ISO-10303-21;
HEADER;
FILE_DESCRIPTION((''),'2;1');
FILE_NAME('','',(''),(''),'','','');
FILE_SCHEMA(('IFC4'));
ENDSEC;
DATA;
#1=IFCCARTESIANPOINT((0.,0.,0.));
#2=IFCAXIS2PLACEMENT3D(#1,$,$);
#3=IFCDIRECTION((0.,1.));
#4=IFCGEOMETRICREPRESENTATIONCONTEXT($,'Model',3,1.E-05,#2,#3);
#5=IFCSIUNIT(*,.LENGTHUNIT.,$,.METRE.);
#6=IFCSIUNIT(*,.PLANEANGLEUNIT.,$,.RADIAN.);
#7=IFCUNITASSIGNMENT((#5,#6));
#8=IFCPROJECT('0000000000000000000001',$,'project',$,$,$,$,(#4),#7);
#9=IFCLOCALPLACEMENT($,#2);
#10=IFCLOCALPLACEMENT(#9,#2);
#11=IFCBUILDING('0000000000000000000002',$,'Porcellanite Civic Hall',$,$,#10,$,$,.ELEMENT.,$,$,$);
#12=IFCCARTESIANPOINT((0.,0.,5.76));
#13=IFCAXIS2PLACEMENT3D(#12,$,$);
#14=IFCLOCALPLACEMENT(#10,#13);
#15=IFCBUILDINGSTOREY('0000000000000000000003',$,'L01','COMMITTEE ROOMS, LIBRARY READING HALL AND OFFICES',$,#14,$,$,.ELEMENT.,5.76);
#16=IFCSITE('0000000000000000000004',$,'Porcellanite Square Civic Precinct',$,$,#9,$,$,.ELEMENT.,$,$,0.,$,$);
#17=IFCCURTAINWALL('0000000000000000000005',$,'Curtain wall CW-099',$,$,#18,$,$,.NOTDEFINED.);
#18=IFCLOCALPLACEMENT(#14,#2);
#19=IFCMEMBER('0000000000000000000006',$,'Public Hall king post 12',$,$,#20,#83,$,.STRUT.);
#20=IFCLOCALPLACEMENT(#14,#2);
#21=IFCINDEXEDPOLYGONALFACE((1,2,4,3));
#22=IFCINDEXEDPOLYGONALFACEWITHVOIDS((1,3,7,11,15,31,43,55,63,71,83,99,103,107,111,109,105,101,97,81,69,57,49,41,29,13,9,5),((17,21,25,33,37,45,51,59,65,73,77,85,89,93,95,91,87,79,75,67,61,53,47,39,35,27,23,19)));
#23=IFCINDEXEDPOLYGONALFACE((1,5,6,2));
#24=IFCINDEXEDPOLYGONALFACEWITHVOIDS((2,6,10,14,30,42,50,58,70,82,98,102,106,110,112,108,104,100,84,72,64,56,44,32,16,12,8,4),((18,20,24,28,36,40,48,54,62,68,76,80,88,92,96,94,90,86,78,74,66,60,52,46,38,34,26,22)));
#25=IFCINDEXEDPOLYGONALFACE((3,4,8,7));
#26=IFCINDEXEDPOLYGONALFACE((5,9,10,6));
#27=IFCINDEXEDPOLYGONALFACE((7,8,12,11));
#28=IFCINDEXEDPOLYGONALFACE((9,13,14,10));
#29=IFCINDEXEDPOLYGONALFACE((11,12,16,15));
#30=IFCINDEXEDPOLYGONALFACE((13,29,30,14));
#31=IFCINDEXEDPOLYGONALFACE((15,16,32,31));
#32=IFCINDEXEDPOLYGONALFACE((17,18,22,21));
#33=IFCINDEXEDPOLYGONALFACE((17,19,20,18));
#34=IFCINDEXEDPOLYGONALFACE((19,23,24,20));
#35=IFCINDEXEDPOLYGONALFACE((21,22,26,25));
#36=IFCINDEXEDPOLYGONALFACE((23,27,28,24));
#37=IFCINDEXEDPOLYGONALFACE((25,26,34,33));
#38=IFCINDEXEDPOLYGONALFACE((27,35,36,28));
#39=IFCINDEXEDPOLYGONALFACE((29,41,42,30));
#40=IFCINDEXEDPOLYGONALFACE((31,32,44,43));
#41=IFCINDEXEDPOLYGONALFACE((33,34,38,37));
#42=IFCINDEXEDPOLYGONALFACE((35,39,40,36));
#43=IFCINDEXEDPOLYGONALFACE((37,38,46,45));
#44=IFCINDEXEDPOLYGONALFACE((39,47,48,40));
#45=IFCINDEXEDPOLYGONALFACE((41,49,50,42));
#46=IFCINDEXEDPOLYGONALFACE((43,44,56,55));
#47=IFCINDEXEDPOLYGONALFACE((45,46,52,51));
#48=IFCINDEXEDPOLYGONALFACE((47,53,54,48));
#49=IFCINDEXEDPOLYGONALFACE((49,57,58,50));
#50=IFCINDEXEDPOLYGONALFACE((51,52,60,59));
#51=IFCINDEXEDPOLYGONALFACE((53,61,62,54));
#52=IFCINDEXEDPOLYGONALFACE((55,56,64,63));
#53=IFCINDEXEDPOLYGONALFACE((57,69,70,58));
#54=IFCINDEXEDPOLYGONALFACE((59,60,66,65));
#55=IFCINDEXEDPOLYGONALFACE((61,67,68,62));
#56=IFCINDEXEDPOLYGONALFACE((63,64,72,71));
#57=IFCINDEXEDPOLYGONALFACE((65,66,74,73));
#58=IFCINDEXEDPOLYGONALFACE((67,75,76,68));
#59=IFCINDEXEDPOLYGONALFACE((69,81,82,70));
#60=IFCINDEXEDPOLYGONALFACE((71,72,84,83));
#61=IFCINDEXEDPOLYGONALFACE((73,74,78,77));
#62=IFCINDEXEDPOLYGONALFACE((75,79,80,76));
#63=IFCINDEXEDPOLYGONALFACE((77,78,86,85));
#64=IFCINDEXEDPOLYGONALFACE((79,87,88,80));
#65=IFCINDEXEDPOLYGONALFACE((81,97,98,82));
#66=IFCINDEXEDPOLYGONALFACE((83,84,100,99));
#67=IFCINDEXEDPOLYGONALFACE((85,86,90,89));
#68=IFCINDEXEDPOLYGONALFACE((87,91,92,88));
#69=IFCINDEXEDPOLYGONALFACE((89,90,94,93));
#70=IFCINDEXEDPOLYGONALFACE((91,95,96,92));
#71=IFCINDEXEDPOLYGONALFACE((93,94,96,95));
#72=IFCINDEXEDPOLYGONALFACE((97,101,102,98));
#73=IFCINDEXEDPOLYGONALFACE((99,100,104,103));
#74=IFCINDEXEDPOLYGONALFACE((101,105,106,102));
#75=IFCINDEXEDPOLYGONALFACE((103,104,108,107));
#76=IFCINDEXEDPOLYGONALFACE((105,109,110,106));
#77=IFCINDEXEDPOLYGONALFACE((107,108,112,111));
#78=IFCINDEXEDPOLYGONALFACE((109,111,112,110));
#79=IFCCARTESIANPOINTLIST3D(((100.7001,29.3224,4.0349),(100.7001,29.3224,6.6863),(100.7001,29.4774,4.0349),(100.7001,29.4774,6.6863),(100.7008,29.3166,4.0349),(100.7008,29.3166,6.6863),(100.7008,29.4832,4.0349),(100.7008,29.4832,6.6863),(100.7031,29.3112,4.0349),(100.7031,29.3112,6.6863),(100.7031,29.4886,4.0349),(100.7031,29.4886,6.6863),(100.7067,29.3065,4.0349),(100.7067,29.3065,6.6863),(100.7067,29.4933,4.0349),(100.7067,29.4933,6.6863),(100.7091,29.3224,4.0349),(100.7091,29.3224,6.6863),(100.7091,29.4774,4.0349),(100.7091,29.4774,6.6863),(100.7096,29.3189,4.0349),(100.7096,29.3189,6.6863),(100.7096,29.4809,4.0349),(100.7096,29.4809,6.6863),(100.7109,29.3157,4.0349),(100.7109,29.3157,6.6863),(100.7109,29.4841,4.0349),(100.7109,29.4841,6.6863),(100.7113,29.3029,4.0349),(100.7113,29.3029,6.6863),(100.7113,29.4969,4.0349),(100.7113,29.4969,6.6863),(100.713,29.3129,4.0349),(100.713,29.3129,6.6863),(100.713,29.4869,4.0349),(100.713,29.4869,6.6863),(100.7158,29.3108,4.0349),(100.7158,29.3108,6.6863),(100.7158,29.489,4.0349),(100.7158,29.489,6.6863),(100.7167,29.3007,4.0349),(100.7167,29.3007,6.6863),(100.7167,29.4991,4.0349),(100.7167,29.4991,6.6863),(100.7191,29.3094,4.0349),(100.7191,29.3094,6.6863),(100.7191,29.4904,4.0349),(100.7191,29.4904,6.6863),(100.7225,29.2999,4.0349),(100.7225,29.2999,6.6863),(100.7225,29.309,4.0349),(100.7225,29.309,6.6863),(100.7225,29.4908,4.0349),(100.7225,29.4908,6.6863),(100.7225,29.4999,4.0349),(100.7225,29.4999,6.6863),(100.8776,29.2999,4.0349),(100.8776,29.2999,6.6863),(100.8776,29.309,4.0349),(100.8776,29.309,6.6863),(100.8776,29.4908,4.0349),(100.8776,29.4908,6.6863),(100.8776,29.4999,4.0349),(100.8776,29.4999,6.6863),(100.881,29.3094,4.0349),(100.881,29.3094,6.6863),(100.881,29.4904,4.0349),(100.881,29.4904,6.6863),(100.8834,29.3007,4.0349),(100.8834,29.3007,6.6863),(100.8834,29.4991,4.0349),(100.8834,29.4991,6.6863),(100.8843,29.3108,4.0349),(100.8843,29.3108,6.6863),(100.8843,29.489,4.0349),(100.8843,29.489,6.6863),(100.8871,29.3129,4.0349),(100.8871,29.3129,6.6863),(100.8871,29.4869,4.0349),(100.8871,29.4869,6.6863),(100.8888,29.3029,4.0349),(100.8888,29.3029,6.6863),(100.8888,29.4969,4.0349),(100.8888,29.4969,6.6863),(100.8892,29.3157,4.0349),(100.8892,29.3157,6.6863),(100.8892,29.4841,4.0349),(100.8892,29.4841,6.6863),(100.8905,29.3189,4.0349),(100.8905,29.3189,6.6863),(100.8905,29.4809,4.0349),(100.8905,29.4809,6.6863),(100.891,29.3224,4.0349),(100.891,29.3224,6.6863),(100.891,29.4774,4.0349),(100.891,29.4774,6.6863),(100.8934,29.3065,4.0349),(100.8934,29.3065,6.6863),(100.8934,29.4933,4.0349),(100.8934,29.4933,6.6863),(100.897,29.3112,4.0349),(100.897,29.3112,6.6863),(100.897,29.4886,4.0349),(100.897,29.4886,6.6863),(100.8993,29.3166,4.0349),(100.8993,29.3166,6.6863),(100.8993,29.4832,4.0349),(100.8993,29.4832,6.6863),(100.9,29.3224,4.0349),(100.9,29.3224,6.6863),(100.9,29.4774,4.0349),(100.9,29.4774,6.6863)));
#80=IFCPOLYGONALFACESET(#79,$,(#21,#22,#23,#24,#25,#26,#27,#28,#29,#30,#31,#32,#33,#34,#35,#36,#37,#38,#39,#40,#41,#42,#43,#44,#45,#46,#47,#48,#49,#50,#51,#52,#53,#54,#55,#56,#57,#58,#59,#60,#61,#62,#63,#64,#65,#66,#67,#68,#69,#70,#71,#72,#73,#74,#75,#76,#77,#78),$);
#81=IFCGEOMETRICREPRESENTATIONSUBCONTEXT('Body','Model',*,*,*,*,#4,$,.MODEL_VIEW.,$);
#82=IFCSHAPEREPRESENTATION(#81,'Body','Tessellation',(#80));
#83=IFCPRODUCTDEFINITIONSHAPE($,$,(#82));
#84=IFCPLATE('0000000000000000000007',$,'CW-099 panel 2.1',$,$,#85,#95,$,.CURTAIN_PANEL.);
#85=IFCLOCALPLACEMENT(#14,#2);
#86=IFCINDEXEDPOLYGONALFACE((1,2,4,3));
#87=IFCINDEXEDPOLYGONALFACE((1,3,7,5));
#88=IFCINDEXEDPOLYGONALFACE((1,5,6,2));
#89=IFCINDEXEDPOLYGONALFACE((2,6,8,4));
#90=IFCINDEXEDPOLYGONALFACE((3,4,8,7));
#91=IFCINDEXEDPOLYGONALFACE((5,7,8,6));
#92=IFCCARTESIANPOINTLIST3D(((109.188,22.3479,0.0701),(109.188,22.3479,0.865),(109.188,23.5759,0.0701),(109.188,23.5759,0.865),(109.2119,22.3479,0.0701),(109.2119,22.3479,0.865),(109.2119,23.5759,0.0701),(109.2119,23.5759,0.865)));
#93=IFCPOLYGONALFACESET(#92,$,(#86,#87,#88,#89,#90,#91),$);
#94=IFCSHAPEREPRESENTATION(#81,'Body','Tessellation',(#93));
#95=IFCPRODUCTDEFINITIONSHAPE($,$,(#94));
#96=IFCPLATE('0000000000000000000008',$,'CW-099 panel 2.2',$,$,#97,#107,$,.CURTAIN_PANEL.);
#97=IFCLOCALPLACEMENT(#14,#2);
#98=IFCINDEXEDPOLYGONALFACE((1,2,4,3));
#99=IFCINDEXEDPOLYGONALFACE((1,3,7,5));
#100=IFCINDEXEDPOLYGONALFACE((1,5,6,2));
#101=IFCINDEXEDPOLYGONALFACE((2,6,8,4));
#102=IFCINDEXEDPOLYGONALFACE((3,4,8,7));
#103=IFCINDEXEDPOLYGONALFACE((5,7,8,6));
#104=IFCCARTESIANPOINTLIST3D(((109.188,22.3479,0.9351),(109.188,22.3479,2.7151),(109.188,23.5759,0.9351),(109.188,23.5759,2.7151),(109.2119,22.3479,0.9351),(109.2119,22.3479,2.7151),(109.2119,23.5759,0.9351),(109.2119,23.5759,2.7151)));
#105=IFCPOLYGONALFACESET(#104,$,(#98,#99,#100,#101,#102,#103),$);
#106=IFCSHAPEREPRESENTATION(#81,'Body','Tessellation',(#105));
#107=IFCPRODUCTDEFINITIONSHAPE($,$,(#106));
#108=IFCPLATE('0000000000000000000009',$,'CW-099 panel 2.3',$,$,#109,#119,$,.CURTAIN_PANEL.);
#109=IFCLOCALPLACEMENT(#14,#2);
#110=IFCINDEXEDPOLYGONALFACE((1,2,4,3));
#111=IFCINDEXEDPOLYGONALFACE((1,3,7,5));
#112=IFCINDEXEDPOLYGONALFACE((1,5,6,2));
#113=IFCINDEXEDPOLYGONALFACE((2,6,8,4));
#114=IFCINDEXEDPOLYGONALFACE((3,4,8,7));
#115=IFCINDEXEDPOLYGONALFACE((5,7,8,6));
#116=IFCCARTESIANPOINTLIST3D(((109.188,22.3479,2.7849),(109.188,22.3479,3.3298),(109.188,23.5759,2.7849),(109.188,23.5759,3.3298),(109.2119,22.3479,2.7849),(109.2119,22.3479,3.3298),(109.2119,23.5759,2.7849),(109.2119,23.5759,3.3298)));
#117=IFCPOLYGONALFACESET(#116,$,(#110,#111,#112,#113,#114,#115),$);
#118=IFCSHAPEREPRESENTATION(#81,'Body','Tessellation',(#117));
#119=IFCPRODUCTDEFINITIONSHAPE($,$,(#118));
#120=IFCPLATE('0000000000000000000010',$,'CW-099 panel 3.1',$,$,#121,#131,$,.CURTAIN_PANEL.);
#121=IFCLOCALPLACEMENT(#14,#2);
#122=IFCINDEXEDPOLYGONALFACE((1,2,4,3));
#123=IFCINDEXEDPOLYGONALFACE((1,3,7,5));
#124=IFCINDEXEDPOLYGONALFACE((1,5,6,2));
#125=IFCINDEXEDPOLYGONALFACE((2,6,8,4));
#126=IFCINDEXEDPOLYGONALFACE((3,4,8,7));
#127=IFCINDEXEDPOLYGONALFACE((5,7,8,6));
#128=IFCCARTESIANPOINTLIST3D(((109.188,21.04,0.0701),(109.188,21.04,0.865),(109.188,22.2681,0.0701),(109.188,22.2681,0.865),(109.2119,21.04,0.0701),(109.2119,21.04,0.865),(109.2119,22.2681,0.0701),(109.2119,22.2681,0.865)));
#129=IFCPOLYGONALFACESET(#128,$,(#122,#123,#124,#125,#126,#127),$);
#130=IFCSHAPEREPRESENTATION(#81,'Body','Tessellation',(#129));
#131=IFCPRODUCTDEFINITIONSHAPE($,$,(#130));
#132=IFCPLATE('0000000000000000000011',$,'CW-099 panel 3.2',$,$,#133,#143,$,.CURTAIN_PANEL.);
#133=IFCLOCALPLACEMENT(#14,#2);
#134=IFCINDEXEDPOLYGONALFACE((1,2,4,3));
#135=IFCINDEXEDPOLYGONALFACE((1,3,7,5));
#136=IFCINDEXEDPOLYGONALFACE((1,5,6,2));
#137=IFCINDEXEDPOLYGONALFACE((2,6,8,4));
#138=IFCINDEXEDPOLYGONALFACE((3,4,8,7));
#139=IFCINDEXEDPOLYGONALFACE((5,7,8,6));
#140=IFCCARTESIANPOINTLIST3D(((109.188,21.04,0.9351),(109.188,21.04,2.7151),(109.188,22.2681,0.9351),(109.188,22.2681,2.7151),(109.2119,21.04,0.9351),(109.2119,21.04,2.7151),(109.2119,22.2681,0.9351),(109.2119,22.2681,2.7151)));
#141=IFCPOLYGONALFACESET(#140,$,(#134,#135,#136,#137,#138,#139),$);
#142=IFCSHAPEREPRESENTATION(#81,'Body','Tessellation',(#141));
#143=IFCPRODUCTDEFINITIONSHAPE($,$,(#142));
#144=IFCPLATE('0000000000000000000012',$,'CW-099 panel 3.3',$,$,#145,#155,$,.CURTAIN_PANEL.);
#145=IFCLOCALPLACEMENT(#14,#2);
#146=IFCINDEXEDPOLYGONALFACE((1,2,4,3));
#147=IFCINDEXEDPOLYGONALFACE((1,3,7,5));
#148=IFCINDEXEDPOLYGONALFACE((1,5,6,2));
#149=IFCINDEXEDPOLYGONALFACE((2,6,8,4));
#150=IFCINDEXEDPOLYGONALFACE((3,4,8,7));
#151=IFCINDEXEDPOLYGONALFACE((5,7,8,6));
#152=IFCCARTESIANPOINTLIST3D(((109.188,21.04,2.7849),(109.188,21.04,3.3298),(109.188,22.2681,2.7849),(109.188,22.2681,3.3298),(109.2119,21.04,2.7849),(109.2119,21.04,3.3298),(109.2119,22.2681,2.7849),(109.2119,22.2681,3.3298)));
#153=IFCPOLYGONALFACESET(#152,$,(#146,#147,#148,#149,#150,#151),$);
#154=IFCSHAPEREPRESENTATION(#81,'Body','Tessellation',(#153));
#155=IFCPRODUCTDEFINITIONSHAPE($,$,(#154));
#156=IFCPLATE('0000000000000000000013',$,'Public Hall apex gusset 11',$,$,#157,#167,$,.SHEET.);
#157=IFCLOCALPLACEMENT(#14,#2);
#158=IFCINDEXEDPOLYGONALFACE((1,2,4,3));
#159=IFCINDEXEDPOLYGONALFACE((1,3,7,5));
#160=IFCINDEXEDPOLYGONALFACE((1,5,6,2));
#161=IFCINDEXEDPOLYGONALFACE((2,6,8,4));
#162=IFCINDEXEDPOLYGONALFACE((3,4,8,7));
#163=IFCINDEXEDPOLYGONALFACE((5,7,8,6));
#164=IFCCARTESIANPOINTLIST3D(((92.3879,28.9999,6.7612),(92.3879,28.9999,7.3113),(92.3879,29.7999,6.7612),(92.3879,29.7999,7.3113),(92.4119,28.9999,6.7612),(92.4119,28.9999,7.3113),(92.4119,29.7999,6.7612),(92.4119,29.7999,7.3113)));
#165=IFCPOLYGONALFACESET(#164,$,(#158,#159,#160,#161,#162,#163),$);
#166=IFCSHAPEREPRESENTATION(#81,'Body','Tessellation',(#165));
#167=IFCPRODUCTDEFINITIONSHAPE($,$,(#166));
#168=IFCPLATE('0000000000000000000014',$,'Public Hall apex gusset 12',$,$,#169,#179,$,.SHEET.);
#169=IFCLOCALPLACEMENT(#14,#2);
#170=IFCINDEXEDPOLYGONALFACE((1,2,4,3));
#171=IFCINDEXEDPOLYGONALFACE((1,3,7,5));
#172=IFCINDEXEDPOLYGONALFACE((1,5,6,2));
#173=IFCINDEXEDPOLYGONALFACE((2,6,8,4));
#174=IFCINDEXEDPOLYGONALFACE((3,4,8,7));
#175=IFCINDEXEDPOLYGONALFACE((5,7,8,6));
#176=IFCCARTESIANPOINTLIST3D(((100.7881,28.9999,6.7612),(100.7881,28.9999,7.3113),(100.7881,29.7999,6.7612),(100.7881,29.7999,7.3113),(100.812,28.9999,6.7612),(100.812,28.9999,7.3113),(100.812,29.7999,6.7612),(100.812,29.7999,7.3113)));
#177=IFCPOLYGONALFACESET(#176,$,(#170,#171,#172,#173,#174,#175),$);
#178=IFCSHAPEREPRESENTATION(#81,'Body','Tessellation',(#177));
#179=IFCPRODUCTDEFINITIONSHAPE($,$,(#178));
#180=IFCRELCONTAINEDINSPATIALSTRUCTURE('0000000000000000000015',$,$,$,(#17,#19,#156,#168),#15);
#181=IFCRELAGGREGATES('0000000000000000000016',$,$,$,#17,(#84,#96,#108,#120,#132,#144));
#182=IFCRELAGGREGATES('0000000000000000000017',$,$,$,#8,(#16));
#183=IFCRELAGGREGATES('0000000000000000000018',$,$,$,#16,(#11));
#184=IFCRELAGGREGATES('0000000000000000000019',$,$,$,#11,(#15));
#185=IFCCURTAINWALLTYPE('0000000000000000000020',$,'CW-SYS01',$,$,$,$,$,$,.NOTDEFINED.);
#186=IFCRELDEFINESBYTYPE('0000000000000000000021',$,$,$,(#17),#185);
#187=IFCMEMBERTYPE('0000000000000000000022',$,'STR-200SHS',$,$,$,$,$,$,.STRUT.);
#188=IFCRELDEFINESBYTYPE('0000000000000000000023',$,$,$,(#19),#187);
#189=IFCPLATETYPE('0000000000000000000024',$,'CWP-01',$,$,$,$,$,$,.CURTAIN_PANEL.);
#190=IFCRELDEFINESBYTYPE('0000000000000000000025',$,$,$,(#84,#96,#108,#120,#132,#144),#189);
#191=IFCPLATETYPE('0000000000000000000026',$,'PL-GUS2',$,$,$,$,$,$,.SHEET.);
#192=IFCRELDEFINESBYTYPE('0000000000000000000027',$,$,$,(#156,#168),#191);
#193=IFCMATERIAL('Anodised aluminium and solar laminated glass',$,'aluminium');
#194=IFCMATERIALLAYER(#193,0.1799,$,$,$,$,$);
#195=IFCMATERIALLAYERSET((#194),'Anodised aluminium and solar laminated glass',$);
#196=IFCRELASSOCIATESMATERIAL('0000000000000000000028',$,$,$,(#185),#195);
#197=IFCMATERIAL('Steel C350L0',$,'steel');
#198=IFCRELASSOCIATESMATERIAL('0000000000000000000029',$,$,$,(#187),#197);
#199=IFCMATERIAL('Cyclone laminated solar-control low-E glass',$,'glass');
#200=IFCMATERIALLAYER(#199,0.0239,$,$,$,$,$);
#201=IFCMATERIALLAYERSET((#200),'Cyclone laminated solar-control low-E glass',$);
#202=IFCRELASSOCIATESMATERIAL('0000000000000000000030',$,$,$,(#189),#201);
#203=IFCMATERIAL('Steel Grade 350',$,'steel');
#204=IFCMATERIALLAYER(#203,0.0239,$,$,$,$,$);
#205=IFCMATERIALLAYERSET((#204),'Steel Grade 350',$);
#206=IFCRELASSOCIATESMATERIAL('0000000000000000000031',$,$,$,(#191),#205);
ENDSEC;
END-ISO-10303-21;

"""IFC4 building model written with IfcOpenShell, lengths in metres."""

from ifc_helpers import new_model, si_unit, direction, frame, origin, origin_2d, place, context, subcontext, project, spatial, rectangle, hollow_rectangle, extrude, material, layer, layer_set, material_profile, profile_set, type_object, element, aggregate, save


model = new_model("IFC4")

# Units and contexts
model_context = context("Model", 3, precision=1e-05, world=origin(), true_north=direction((0.0, 1.0)))
body_context = subcontext(model_context, "Body", "Model", "MODEL_VIEW")
ifc_project = project(units=[si_unit("LENGTHUNIT", "METRE"), si_unit("PLANEANGLEUNIT", "RADIAN")], contexts=[model_context])

# Site, building, storey
site_placement = place(None, origin())
site = spatial("IfcSite", under=ifc_project, at=site_placement, Name="Porcellanite Square Civic Precinct", CompositionType="ELEMENT", RefElevation=0.0)
building_placement = place(site_placement, origin())
building = spatial("IfcBuilding", under=site, at=building_placement, Name="Porcellanite Civic Hall", CompositionType="ELEMENT")
storey_placement = place(building_placement, frame((0.0, 0.0, 5.76)))
storey = spatial("IfcBuildingStorey", under=building, at=storey_placement, Name="L01", Description="COMMITTEE ROOMS, LIBRARY READING HALL AND OFFICES", CompositionType="ELEMENT", Elevation=5.76)

# Curtain wall
ifc_material_1 = material(Name="Anodised aluminium and solar laminated glass", Category="aluminium")
ifc_layer_1 = layer(ifc_material_1, 0.1799)
ifc_layer_set_1 = layer_set([ifc_layer_1], Name="Anodised aluminium and solar laminated glass")
curtain_wall_type = type_object("IfcCurtainWallType", Name="CW-SYS01", PredefinedType="NOTDEFINED", material=ifc_layer_set_1)
curtain_wall_placement = place(storey_placement, origin())
curtain_wall = element("IfcCurtainWall", 1, at=curtain_wall_placement, inside=storey, type_object=curtain_wall_type, Name="Curtain wall CW-099", PredefinedType="NOTDEFINED")

# Member
ifc_material_2 = material(Name="Steel C350L0", Category="steel")
ifc_material_profile_1 = material_profile(ifc_material_2, hollow_rectangle(XDim=0.2, YDim=0.2, WallThickness=0.009, InnerFilletRadius=0.0134, OuterFilletRadius=0.0225, at=origin_2d()), Name="200x200x9.0SHS")
ifc_profile_set_1 = profile_set([ifc_material_profile_1], Name="Steel C350L0")
member_type_1 = type_object("IfcMemberType", Name="STR-200SHS", PredefinedType="STRUT", material=ifc_profile_set_1)
member_1_placement = place(storey_placement, frame((100.8, 29.3999, 4.0349), z_axis=(0.0, 0.0, 1.0), x_axis=(1.0, 0.0, 0.0)))
element("IfcMember", 2, at=member_1_placement, inside=storey, type_object=member_type_1, Name="Public Hall king post 12", PredefinedType="STRUT", context=body_context, shape_type="SweptSolid", body=[
    extrude(hollow_rectangle(XDim=0.2, YDim=0.2, WallThickness=0.009, InnerFilletRadius=0.0134, OuterFilletRadius=0.0225, at=origin_2d()), origin(), (0.0, 0.0, 1.0), 2.6514),
])

# Plates
ifc_material_3 = material(Name="Cyclone laminated solar-control low-E glass", Category="glass")
ifc_layer_2 = layer(ifc_material_3, 0.0239)
ifc_layer_set_2 = layer_set([ifc_layer_2], Name="Cyclone laminated solar-control low-E glass")
plate_type_1 = type_object("IfcPlateType", Name="CWP-01", PredefinedType="CURTAIN_PANEL", material=ifc_layer_set_2)
plate_1_placement = place(storey_placement, frame((109.2, 22.9619, 0.0701), z_axis=(0.0, 0.0, 1.0), x_axis=(0.0, -1.0, 0.0)))
plate_1 = element("IfcPlate", 3, at=plate_1_placement, type_object=plate_type_1, Name="CW-099 panel 2.1", PredefinedType="CURTAIN_PANEL", context=body_context, shape_type="SweptSolid", body=[
    extrude(rectangle(XDim=1.228, YDim=0.0239, at=origin_2d()), origin(), (0.0, 0.0, 1.0), 0.7949),
])
plate_2_placement = place(storey_placement, frame((109.2, 22.9619, 0.9351), z_axis=(0.0, 0.0, 1.0), x_axis=(0.0, -1.0, 0.0)))
plate_2 = element("IfcPlate", 4, at=plate_2_placement, type_object=plate_type_1, Name="CW-099 panel 2.2", PredefinedType="CURTAIN_PANEL", context=body_context, shape_type="SweptSolid", body=[
    extrude(rectangle(XDim=1.228, YDim=0.0239, at=origin_2d()), origin(), (0.0, 0.0, 1.0), 1.78),
])
plate_3_placement = place(storey_placement, frame((109.2, 22.9619, 2.7849), z_axis=(0.0, 0.0, 1.0), x_axis=(0.0, -1.0, 0.0)))
plate_3 = element("IfcPlate", 5, at=plate_3_placement, type_object=plate_type_1, Name="CW-099 panel 2.3", PredefinedType="CURTAIN_PANEL", context=body_context, shape_type="SweptSolid", body=[
    extrude(rectangle(XDim=1.228, YDim=0.0239, at=origin_2d()), origin(), (0.0, 0.0, 1.0), 0.5449),
])
plate_4_placement = place(storey_placement, frame((109.2, 21.6541, 0.0701), z_axis=(0.0, 0.0, 1.0), x_axis=(0.0, -1.0, 0.0)))
plate_4 = element("IfcPlate", 6, at=plate_4_placement, type_object=plate_type_1, Name="CW-099 panel 3.1", PredefinedType="CURTAIN_PANEL", context=body_context, shape_type="SweptSolid", body=[
    extrude(rectangle(XDim=1.228, YDim=0.0239, at=origin_2d()), origin(), (0.0, 0.0, 1.0), 0.7949),
])
plate_5_placement = place(storey_placement, frame((109.2, 21.6541, 0.9351), z_axis=(0.0, 0.0, 1.0), x_axis=(0.0, -1.0, 0.0)))
plate_5 = element("IfcPlate", 7, at=plate_5_placement, type_object=plate_type_1, Name="CW-099 panel 3.2", PredefinedType="CURTAIN_PANEL", context=body_context, shape_type="SweptSolid", body=[
    extrude(rectangle(XDim=1.228, YDim=0.0239, at=origin_2d()), origin(), (0.0, 0.0, 1.0), 1.78),
])
plate_6_placement = place(storey_placement, frame((109.2, 21.6541, 2.7849), z_axis=(0.0, 0.0, 1.0), x_axis=(0.0, -1.0, 0.0)))
plate_6 = element("IfcPlate", 8, at=plate_6_placement, type_object=plate_type_1, Name="CW-099 panel 3.3", PredefinedType="CURTAIN_PANEL", context=body_context, shape_type="SweptSolid", body=[
    extrude(rectangle(XDim=1.228, YDim=0.0239, at=origin_2d()), origin(), (0.0, 0.0, 1.0), 0.5449),
])
aggregate(curtain_wall, [plate_1, plate_2, plate_3, plate_4, plate_5, plate_6])

# Plates
ifc_material_4 = material(Name="Steel Grade 350", Category="steel")
ifc_layer_3 = layer(ifc_material_4, 0.0239)
ifc_layer_set_3 = layer_set([ifc_layer_3], Name="Steel Grade 350")
plate_type_2 = type_object("IfcPlateType", Name="PL-GUS2", PredefinedType="SHEET", material=ifc_layer_set_3)
for number, where, z_axis, x_axis, name in (
    (9, (92.3999, 29.3999, 6.7612), (0.0, 0.0, 1.0), (1.0, 0.0, 0.0), "Public Hall apex gusset 11"),
    (10, (100.8, 29.3999, 6.7612), (0.0, 0.0, 1.0), (1.0, 0.0, 0.0), "Public Hall apex gusset 12"),
):
    element("IfcPlate", number, at=place(storey_placement, frame(where, z_axis=z_axis, x_axis=x_axis)), inside=storey, type_object=plate_type_2, Name=name, PredefinedType="SHEET", context=body_context, shape_type="SweptSolid", body=[
        extrude(rectangle(XDim=0.0239, YDim=0.8, at=origin_2d()), origin(), (0.0, 0.0, 1.0), 0.55),
    ])

save(model, "model.ifc")
